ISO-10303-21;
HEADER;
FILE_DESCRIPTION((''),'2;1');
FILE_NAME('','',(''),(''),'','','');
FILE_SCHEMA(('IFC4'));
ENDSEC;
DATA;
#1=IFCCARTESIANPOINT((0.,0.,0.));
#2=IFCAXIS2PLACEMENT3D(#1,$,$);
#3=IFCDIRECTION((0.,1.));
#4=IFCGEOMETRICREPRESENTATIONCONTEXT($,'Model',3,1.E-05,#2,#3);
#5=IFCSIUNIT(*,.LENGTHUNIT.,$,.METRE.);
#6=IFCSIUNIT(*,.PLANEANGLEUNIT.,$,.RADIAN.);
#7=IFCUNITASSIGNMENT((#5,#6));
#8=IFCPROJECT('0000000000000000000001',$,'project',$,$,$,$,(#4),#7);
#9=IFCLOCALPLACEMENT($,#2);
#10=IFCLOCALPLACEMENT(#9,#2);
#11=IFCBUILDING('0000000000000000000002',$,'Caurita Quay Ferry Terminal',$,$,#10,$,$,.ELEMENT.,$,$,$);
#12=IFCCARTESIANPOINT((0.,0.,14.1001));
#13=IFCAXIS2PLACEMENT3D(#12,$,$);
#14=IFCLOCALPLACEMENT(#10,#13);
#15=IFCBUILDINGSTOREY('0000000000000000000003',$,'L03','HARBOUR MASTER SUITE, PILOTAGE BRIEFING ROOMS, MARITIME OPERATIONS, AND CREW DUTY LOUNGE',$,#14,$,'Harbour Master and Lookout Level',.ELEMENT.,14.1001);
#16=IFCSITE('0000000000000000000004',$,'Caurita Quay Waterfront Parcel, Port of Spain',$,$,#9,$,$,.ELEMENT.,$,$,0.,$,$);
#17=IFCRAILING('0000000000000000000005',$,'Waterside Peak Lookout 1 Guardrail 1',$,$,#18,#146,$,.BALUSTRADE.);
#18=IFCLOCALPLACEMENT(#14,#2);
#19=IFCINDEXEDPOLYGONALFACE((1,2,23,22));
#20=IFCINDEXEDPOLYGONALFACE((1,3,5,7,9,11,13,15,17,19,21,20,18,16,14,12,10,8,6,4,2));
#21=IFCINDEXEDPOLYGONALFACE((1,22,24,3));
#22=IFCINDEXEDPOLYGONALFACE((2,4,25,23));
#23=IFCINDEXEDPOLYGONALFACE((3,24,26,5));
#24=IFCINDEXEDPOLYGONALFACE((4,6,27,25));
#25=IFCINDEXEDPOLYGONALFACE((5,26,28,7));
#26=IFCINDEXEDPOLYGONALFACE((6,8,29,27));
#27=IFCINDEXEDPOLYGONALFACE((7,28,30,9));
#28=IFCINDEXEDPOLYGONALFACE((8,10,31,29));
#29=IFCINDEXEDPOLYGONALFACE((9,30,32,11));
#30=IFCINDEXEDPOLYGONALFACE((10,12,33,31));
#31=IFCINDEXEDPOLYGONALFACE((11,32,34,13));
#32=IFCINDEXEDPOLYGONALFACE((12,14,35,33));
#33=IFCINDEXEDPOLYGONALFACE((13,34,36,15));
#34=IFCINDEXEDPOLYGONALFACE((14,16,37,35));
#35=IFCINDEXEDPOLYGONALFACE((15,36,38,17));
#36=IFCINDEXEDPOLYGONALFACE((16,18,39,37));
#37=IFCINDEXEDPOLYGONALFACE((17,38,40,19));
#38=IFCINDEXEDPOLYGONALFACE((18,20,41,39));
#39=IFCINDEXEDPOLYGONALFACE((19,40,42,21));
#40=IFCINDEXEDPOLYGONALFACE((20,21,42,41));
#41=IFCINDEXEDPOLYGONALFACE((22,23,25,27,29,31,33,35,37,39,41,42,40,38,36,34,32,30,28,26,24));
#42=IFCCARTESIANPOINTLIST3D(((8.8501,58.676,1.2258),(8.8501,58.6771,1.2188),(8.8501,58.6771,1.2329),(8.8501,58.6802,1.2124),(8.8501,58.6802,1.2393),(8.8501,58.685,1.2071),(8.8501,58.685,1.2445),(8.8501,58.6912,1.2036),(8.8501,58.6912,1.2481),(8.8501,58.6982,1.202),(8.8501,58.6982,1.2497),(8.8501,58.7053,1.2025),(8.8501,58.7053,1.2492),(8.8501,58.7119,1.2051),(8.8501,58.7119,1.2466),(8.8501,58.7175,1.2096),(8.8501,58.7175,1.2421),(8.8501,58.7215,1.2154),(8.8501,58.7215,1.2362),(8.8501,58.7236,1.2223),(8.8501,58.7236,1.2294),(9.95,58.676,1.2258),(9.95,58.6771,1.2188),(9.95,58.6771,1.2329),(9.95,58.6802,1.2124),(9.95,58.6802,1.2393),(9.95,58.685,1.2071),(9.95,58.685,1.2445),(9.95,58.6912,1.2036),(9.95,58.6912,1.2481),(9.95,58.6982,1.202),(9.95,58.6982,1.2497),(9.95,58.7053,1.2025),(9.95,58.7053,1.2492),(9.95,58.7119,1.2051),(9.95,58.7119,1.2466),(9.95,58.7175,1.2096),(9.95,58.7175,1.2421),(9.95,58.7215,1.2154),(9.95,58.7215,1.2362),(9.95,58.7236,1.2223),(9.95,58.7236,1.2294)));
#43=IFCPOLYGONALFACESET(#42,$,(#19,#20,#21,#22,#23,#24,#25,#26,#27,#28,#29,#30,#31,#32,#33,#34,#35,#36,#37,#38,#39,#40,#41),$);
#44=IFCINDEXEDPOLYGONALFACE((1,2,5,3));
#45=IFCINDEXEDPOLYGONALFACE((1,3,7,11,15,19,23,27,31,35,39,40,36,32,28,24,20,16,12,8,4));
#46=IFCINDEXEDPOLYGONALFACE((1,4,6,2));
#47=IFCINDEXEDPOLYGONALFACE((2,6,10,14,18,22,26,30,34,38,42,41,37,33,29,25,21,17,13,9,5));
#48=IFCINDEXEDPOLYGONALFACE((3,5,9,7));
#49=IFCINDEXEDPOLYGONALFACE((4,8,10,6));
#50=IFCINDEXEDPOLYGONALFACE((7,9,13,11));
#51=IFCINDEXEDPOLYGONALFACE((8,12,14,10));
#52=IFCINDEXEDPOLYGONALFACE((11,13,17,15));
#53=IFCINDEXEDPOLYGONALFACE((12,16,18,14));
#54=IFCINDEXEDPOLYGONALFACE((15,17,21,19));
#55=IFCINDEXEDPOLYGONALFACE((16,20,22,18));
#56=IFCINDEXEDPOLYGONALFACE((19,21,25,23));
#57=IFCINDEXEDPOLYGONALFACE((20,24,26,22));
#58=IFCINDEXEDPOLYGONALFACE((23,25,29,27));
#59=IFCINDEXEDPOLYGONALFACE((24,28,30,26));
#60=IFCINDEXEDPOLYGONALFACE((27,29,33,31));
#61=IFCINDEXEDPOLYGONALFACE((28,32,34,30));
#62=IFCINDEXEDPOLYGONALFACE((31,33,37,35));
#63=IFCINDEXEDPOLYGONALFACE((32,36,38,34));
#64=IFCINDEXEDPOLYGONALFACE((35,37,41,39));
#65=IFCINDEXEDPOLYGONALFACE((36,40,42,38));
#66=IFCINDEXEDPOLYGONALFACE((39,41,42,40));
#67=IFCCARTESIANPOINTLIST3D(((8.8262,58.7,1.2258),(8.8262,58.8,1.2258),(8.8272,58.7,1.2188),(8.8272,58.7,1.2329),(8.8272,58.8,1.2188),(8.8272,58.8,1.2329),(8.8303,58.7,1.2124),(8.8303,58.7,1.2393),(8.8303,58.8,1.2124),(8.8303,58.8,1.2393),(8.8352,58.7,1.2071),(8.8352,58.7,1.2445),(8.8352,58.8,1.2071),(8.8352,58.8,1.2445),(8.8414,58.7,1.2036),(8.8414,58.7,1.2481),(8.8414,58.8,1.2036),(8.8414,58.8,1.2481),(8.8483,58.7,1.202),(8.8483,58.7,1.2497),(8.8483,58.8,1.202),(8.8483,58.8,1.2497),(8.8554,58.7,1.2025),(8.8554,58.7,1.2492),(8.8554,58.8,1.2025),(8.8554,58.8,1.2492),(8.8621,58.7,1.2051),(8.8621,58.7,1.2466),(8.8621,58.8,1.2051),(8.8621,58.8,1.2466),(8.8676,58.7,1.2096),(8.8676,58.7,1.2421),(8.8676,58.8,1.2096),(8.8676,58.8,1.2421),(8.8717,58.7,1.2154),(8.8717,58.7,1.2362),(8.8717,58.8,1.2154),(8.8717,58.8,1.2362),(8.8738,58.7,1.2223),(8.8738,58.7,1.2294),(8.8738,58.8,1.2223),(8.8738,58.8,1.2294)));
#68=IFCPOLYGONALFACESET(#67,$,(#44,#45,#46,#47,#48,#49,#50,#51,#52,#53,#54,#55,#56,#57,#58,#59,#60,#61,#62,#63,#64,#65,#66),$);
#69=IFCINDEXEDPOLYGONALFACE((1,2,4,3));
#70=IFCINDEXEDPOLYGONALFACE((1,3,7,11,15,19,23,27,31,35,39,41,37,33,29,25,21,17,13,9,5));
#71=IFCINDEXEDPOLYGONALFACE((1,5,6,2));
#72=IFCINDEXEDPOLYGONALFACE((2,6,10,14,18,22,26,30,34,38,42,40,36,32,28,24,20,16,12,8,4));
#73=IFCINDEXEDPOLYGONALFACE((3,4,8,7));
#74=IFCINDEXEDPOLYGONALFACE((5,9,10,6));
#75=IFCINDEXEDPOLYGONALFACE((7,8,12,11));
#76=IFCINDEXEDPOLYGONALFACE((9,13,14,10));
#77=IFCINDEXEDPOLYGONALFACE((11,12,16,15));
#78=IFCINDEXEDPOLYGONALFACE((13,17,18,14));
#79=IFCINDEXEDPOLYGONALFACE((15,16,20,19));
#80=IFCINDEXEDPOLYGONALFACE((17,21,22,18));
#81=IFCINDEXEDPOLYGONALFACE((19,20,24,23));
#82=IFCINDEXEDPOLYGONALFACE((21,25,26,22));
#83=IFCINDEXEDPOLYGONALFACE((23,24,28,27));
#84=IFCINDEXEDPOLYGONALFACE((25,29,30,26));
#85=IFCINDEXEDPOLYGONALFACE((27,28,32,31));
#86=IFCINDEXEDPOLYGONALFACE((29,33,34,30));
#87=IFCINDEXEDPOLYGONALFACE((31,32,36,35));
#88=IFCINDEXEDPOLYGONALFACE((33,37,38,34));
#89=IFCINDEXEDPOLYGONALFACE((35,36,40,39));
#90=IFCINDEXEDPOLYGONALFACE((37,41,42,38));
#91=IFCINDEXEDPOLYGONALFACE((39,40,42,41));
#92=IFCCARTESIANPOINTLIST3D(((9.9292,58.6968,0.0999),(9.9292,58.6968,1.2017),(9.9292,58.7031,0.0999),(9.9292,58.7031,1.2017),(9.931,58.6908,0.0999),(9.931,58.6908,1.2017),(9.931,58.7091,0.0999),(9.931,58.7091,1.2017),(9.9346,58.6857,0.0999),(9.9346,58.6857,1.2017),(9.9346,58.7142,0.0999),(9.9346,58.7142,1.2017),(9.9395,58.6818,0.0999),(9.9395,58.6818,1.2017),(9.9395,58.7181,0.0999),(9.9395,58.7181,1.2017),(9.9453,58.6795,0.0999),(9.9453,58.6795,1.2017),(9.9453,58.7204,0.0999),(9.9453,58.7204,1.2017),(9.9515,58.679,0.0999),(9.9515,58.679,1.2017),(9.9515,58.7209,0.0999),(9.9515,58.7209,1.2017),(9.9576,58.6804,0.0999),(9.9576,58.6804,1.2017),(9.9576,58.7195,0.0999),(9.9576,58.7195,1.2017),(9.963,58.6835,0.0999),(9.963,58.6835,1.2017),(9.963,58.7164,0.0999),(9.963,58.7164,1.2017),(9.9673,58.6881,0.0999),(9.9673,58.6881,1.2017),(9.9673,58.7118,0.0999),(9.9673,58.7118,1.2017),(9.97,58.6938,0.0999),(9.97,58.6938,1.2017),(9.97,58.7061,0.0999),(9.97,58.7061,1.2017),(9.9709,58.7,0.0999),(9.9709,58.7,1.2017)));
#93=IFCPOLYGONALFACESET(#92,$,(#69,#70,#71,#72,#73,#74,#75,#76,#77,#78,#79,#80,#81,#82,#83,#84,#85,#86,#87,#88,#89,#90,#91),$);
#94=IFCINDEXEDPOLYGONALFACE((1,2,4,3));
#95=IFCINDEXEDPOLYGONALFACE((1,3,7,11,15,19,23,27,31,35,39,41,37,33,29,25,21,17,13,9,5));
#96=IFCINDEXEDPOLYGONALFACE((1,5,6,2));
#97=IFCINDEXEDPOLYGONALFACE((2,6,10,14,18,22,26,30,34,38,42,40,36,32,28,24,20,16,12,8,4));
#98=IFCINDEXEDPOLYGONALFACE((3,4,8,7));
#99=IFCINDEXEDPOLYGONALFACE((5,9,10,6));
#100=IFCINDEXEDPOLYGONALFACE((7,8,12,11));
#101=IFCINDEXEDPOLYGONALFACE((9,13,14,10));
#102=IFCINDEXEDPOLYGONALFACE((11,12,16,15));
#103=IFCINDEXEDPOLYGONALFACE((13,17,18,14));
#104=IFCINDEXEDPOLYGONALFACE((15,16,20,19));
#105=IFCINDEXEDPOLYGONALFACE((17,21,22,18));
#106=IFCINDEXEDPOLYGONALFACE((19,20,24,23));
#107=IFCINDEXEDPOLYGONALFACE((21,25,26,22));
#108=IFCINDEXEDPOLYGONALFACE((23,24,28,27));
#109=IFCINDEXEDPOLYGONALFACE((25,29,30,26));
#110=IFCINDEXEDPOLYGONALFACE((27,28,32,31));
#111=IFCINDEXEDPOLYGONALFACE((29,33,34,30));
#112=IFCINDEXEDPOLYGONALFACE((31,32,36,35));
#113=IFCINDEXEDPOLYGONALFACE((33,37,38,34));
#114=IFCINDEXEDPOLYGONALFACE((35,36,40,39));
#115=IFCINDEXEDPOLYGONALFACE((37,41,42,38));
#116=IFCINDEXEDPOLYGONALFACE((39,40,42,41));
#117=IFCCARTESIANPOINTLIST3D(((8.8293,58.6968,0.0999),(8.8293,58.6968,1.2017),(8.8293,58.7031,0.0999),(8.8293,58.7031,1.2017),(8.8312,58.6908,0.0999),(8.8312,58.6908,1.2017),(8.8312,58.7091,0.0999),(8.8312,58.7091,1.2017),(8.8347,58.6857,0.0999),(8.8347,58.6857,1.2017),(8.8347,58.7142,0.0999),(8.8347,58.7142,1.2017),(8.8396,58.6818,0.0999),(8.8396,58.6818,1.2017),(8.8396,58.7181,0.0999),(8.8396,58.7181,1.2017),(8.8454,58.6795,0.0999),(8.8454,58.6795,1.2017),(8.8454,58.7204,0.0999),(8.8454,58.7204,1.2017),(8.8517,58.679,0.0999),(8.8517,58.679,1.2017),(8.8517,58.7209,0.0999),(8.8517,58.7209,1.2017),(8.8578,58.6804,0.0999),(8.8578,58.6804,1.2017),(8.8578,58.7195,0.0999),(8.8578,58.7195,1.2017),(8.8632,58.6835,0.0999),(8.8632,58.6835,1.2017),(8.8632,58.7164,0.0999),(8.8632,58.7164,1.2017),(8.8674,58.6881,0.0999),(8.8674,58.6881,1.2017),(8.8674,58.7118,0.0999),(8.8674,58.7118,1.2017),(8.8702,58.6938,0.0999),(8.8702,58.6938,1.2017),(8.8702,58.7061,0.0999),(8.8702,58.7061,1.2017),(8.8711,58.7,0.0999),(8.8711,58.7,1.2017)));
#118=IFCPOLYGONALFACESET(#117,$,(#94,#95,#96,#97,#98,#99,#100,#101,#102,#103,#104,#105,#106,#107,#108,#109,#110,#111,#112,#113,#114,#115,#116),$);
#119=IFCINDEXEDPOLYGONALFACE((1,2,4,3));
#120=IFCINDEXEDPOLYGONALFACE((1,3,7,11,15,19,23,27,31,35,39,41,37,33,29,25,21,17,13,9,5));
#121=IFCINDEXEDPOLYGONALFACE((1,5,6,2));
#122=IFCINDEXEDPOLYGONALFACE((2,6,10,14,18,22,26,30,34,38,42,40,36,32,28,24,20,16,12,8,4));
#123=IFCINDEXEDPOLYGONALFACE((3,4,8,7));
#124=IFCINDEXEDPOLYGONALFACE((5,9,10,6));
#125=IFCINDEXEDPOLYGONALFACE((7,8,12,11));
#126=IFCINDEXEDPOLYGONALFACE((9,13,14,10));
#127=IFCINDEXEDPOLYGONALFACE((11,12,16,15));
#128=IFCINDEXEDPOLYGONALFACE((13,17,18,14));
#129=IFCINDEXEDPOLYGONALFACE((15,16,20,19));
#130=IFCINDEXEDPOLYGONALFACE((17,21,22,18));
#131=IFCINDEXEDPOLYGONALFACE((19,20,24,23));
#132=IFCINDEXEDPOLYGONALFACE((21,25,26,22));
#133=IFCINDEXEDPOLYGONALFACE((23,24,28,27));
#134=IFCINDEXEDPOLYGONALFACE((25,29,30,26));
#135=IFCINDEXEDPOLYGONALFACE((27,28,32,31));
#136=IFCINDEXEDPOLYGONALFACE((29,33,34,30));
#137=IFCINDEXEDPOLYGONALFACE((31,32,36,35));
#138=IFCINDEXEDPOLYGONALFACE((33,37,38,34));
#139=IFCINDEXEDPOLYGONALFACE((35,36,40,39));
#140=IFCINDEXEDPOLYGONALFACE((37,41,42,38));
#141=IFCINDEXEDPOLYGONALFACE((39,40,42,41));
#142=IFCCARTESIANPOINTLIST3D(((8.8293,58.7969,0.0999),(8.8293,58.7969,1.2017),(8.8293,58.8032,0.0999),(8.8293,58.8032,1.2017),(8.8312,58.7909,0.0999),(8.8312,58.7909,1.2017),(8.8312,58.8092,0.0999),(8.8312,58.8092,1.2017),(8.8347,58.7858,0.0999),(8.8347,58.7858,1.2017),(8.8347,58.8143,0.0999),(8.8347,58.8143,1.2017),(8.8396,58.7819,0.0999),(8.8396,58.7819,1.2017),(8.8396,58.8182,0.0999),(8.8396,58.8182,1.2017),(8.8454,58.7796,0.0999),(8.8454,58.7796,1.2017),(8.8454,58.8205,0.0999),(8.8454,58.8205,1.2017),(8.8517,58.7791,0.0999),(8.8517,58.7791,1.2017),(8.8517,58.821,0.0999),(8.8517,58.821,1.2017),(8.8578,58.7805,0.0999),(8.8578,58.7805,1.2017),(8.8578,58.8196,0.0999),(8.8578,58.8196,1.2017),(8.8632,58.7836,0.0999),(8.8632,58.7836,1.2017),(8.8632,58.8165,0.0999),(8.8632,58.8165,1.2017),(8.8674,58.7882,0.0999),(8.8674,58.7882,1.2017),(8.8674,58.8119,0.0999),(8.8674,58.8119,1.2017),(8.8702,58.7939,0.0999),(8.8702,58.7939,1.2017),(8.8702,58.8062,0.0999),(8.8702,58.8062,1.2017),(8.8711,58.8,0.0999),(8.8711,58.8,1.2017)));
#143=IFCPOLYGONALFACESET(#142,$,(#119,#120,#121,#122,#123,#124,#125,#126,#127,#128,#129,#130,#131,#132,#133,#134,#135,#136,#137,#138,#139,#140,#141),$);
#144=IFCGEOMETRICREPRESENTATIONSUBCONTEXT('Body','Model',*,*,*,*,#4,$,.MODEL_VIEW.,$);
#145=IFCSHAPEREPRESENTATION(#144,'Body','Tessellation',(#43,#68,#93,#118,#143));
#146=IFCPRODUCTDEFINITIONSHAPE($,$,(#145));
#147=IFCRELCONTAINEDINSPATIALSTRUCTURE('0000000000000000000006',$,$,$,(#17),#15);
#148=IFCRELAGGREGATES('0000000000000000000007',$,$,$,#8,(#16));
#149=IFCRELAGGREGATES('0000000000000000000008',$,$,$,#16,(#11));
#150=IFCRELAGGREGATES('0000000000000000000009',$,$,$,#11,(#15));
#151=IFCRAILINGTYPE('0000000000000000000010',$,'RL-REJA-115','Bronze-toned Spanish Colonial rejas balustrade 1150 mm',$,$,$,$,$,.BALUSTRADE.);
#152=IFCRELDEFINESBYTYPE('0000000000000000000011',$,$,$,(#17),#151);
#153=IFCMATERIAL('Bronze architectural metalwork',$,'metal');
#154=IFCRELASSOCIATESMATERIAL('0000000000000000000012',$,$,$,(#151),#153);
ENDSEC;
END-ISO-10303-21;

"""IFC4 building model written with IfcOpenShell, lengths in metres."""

from ifc_helpers import new_model, si_unit, direction, frame, origin, origin_2d, place, context, subcontext, project, spatial, circle, extrude, material, type_object, element, save


model = new_model("IFC4")

# Units and contexts
model_context = context("Model", 3, precision=1e-05, world=origin(), true_north=direction((0.0, 1.0)))
body_context = subcontext(model_context, "Body", "Model", "MODEL_VIEW")
ifc_project = project(units=[si_unit("LENGTHUNIT", "METRE"), si_unit("PLANEANGLEUNIT", "RADIAN")], contexts=[model_context])

# Site, building, storey
site_placement = place(None, origin())
site = spatial("IfcSite", under=ifc_project, at=site_placement, Name="Caurita Quay Waterfront Parcel, Port of Spain", CompositionType="ELEMENT", RefElevation=0.0)
building_placement = place(site_placement, origin())
building = spatial("IfcBuilding", under=site, at=building_placement, Name="Caurita Quay Ferry Terminal", CompositionType="ELEMENT")
storey_placement = place(building_placement, frame((0.0, 0.0, 14.1001)))
storey = spatial("IfcBuildingStorey", under=building, at=storey_placement, Name="L03", Description="HARBOUR MASTER SUITE, PILOTAGE BRIEFING ROOMS, MARITIME OPERATIONS, AND CREW DUTY LOUNGE", LongName="Harbour Master and Lookout Level", CompositionType="ELEMENT", Elevation=14.1001)

# Railing
ifc_material_1 = material(Name="Bronze architectural metalwork", Category="metal")
railing_type_1 = type_object("IfcRailingType", Name="RL-REJA-115", Description="Bronze-toned Spanish Colonial rejas balustrade 1150 mm", PredefinedType="BALUSTRADE", material=ifc_material_1)
railing_1_placement = place(storey_placement, frame((9.95, 58.7, 0.0999)))
element("IfcRailing", 1, at=railing_1_placement, inside=storey, type_object=railing_type_1, Name="Waterside Peak Lookout 1 Guardrail 1", PredefinedType="BALUSTRADE", context=body_context, shape_type="SweptSolid", body=[
    extrude(circle(Radius=0.0239, at=origin_2d()), frame((0.0, 0.0, 1.126), z_axis=(-1.0, 0.0, 0.0), x_axis=(0.0, -1.0, 0.0)), (0.0, 0.0, 1.0), 1.0999),
    extrude(circle(Radius=0.0239, at=origin_2d()), frame((-1.0999, 0.0, 1.126), z_axis=(0.0, 1.0, 0.0), x_axis=(-1.0, 0.0, 0.0)), (0.0, 0.0, 1.0), 0.1001),
    extrude(circle(Radius=0.021, at=origin_2d()), origin(), (0.0, 0.0, 1.0), 1.1018),
    extrude(circle(Radius=0.021, at=origin_2d()), frame((-1.0999, 0.0, 0.0)), (0.0, 0.0, 1.0), 1.1018),
    extrude(circle(Radius=0.021, at=origin_2d()), frame((-1.0999, 0.1001, 0.0)), (0.0, 0.0, 1.0), 1.1018),
])

save(model, "model.ifc")
